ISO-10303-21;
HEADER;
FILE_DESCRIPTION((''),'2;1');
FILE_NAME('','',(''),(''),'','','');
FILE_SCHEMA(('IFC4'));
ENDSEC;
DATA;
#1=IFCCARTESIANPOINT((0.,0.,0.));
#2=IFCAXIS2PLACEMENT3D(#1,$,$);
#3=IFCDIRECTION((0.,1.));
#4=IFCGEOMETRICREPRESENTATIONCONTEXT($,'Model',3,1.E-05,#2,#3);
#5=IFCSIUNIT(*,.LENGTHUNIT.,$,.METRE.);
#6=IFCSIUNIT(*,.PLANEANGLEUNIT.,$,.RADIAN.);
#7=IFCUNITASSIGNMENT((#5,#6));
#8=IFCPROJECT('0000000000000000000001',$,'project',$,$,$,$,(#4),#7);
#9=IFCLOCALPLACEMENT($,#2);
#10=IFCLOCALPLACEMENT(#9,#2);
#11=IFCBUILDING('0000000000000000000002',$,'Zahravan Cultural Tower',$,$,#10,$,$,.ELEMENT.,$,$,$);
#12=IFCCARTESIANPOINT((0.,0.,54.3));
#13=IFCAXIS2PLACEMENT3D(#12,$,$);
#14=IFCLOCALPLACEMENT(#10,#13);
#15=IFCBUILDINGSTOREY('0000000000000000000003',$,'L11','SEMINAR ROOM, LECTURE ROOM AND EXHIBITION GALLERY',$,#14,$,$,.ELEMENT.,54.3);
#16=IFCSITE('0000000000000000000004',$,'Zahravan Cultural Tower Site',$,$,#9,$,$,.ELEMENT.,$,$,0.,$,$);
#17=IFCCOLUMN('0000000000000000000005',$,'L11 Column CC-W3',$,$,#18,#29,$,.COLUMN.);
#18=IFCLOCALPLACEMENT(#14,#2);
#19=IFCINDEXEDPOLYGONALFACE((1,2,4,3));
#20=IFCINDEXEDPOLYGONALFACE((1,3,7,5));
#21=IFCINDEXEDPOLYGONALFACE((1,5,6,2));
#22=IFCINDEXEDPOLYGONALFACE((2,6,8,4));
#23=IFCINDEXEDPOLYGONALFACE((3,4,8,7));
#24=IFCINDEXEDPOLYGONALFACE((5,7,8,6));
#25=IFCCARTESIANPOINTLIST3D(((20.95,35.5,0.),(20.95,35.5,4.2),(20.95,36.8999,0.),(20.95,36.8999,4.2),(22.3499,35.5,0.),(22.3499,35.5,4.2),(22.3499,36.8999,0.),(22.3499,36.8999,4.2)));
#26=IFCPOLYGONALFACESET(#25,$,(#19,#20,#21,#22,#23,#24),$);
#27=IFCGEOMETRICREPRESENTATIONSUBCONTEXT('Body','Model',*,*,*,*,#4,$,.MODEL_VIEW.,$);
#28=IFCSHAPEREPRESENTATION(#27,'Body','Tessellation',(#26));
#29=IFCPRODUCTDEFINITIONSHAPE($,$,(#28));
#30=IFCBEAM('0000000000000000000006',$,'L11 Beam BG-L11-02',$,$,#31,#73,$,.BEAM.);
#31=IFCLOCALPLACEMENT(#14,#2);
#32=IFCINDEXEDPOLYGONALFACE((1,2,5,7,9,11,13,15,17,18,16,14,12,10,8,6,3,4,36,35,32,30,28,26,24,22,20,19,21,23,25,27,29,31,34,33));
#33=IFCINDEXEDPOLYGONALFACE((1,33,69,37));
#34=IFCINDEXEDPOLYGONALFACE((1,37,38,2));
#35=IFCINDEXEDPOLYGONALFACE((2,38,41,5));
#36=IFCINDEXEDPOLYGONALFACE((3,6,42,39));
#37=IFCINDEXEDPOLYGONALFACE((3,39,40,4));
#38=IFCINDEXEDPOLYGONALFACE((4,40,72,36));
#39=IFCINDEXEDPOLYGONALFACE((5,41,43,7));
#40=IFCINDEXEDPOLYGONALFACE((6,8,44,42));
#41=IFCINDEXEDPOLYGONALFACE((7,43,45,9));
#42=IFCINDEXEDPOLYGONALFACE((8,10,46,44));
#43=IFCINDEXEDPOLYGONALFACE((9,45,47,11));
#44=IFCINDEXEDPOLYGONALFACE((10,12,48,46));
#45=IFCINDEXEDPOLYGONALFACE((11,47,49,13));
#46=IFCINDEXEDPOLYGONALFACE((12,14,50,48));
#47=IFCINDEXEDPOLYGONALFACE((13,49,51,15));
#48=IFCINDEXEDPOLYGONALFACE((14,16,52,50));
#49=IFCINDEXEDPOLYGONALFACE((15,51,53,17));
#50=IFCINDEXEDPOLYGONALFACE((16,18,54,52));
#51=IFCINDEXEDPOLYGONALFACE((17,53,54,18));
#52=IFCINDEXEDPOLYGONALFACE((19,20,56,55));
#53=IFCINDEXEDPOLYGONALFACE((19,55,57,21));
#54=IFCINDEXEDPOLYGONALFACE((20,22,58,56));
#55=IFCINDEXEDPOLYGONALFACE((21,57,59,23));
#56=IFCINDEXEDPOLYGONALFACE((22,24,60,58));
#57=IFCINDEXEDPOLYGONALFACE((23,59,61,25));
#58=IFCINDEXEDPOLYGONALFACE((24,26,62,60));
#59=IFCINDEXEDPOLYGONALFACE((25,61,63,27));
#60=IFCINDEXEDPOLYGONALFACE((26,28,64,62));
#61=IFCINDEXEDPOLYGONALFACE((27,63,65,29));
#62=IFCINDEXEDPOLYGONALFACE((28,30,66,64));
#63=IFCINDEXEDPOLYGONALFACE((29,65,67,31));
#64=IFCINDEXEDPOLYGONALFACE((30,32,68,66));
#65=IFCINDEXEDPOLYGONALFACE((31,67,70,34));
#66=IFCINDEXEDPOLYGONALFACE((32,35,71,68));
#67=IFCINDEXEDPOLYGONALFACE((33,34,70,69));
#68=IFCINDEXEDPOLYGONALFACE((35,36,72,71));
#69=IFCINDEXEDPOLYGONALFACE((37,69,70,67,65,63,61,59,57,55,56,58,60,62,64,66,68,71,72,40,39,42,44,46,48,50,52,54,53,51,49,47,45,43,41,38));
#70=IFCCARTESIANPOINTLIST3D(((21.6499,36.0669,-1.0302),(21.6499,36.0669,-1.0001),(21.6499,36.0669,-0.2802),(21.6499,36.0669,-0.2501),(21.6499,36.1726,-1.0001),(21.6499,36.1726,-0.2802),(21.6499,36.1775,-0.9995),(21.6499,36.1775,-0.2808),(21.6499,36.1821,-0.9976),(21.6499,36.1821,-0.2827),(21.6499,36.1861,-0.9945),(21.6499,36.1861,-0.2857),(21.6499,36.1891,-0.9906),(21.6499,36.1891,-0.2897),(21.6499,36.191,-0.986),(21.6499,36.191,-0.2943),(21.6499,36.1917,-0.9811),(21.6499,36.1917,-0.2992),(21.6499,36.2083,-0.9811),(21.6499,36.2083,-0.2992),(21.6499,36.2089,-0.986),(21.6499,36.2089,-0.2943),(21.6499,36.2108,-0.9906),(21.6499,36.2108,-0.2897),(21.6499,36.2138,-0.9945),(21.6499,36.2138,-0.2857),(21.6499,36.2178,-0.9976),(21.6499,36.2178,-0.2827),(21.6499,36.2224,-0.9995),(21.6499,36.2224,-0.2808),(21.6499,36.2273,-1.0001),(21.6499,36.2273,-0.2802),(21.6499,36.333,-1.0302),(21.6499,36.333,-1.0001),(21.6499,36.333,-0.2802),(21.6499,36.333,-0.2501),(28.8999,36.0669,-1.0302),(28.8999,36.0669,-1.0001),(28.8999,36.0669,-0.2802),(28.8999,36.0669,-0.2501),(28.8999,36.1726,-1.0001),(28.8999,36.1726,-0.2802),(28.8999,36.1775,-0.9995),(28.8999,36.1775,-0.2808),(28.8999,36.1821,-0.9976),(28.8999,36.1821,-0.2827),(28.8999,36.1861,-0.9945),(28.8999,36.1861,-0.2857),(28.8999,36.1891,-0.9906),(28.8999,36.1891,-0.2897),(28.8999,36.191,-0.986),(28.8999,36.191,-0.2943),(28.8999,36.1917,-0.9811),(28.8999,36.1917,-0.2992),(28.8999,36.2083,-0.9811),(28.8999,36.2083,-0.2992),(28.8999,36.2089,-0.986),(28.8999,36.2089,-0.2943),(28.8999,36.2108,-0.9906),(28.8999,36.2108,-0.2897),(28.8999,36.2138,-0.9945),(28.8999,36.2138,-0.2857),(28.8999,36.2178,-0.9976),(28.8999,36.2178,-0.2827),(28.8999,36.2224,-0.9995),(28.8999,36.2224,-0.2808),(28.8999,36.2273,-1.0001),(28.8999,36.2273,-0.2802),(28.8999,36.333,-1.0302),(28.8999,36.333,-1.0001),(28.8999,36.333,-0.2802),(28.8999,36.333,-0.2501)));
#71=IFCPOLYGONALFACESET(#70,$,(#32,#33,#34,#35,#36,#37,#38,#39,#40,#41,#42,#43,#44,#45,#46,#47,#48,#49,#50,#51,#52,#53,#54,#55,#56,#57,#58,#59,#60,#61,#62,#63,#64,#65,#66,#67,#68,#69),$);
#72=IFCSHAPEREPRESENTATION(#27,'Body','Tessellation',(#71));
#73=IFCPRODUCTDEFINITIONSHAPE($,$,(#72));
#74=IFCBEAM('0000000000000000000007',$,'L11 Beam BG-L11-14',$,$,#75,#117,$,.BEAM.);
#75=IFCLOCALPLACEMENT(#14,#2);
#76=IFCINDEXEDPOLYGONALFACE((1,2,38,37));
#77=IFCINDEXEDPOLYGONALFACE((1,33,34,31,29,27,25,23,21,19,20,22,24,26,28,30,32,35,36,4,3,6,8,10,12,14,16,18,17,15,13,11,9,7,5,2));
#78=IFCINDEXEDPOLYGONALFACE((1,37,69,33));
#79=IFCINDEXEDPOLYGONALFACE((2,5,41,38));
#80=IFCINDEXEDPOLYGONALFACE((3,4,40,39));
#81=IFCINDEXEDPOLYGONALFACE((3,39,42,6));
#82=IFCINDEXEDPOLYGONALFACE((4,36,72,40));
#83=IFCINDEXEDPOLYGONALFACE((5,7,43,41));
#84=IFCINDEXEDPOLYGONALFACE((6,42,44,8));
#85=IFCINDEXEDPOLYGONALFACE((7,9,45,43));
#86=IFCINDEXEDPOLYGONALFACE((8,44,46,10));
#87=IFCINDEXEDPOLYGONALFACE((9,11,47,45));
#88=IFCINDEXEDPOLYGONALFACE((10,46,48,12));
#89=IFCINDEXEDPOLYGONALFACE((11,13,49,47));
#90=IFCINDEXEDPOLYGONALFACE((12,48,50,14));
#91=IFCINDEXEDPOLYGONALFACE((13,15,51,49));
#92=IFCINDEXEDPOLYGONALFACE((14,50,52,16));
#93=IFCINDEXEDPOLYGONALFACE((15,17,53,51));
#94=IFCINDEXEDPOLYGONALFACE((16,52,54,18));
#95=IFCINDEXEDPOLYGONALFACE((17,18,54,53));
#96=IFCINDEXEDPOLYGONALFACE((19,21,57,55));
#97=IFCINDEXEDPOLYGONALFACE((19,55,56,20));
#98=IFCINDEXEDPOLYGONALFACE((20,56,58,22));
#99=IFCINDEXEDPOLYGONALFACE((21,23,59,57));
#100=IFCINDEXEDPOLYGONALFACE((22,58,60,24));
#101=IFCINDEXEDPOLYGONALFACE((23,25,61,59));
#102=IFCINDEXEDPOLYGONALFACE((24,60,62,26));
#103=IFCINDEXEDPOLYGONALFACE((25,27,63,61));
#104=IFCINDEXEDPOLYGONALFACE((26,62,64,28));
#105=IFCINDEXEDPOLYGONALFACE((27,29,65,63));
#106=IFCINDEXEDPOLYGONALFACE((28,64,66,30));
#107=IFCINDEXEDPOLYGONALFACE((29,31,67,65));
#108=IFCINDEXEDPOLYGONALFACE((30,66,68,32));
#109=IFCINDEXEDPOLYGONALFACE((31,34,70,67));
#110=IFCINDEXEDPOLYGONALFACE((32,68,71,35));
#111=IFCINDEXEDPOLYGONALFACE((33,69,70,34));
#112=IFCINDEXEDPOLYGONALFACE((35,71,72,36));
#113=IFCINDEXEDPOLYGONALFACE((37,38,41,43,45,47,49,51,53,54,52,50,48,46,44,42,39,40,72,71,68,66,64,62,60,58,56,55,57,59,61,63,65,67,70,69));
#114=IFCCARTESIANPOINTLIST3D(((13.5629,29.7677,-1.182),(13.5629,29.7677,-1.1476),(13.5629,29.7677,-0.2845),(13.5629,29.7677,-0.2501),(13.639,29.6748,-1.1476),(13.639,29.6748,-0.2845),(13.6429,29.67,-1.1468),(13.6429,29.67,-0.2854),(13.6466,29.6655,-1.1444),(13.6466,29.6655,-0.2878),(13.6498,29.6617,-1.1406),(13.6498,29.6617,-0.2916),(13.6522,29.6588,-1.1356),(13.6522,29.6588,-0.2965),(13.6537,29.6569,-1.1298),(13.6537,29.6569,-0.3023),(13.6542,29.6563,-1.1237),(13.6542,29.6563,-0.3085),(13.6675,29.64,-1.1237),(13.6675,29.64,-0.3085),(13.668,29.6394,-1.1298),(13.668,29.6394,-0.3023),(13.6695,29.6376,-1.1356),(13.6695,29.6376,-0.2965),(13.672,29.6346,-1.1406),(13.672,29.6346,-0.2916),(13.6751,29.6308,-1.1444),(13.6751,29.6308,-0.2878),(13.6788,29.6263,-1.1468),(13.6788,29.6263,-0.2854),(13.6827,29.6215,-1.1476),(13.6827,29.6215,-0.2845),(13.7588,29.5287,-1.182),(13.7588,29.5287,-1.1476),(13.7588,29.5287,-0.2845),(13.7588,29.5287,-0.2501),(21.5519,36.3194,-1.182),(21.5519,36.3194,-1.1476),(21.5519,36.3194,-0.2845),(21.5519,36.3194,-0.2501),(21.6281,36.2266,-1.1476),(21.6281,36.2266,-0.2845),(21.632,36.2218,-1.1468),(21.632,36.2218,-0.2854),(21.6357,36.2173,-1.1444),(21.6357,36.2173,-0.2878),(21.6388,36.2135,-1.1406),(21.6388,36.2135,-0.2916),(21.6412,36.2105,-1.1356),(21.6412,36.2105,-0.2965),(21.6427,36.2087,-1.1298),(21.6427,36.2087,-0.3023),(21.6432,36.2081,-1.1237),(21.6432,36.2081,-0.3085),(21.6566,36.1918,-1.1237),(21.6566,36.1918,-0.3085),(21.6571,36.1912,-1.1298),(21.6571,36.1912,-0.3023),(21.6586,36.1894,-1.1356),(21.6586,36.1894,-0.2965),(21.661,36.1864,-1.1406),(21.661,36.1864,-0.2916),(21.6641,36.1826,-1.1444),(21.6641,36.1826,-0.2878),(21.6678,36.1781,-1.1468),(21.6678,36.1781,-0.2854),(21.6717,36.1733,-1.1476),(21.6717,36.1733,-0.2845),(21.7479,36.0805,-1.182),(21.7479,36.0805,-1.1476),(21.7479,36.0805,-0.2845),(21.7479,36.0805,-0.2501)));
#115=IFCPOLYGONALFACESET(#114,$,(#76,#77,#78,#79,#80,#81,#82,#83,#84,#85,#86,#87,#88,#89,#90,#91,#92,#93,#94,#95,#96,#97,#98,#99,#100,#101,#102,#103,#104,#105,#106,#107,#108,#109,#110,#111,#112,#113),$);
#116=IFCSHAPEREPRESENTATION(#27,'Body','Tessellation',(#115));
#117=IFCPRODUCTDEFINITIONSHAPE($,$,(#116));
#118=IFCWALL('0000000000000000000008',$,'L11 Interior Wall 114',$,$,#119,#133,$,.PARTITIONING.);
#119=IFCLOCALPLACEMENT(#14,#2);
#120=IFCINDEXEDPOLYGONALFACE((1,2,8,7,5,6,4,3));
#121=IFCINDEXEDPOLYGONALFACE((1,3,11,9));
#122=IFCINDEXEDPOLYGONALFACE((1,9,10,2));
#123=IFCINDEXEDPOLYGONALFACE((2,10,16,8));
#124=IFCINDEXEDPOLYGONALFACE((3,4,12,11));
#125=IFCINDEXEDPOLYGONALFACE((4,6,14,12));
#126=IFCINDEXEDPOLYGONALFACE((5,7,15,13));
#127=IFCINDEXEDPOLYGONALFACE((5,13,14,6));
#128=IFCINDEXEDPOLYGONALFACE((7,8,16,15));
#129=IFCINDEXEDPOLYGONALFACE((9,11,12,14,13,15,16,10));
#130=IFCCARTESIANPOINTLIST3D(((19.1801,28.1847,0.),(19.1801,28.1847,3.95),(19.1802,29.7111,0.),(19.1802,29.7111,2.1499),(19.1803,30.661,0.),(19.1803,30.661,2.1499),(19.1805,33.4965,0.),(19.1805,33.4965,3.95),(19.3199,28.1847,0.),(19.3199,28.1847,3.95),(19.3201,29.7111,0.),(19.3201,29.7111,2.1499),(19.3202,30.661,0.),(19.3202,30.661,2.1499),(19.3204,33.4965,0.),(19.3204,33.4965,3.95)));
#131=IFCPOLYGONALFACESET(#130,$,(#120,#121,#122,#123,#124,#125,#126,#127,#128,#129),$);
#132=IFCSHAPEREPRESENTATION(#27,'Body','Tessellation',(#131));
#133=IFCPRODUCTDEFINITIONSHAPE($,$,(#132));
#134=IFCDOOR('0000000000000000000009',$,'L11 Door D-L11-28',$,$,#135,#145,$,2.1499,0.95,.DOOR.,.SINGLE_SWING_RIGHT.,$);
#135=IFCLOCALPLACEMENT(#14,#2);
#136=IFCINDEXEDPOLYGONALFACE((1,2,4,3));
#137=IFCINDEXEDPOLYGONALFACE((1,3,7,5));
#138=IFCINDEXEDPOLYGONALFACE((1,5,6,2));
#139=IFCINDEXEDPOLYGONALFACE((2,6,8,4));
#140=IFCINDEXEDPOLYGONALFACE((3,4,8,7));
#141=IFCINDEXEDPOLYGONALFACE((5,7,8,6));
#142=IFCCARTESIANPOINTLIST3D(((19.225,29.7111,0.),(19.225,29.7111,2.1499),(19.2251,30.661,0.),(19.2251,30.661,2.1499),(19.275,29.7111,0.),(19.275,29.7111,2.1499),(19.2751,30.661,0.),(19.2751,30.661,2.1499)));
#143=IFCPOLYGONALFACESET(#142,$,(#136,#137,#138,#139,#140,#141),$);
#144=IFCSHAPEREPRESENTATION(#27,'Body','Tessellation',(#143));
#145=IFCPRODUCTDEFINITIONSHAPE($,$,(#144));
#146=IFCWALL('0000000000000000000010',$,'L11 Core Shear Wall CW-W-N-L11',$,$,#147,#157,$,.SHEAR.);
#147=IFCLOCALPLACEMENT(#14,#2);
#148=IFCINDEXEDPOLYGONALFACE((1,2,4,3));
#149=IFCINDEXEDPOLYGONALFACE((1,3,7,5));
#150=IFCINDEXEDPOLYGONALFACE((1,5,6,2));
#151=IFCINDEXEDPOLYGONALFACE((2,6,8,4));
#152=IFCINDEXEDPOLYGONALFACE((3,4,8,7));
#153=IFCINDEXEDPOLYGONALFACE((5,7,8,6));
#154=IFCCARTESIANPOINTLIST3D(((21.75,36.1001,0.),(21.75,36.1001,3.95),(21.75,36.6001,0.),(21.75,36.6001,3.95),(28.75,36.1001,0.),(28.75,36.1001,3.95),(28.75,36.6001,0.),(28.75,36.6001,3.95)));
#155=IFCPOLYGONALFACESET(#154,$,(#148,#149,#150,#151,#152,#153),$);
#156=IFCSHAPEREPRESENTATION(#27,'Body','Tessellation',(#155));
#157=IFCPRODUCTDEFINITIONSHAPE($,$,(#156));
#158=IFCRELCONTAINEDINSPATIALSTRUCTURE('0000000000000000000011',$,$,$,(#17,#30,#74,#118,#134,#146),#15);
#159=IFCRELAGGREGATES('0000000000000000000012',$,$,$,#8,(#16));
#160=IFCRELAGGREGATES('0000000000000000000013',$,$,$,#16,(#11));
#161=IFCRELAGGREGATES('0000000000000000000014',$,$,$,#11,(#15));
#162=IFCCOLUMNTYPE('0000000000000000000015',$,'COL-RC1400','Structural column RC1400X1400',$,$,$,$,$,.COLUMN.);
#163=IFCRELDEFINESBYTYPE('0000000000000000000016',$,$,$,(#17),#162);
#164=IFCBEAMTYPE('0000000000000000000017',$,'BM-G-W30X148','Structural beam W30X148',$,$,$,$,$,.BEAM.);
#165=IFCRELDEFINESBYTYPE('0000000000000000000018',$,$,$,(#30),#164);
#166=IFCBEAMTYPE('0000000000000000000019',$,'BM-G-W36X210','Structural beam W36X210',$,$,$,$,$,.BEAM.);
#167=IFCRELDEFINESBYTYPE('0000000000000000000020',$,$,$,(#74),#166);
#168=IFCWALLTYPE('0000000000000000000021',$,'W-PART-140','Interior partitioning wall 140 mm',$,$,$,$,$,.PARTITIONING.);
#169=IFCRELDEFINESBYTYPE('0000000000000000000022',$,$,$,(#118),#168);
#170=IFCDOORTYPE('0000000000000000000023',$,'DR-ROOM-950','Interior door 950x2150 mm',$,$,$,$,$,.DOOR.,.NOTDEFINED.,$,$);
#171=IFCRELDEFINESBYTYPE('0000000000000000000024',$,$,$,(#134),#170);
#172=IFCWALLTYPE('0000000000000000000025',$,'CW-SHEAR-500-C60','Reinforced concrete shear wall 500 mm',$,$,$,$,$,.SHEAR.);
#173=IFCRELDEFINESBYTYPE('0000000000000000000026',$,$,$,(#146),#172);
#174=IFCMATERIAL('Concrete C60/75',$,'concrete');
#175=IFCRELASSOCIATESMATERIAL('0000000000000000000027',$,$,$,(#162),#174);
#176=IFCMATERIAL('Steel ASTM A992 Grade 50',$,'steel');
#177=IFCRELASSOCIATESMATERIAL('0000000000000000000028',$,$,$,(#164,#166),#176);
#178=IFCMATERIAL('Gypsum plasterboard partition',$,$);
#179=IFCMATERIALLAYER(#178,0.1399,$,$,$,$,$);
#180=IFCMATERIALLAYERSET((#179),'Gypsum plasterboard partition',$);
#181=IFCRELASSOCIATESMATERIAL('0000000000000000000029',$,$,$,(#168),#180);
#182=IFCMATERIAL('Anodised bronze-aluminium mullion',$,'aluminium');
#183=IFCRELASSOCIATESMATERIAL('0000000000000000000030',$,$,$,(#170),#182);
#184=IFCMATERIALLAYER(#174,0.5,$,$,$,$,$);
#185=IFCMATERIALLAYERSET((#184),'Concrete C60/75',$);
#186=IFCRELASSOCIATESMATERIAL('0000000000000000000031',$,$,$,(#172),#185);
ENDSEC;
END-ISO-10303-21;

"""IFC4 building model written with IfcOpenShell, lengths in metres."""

from ifc_helpers import new_model, si_unit, direction, frame, frame_2d, origin, origin_2d, place, context, subcontext, project, spatial, rectangle, i_section, extrude, source, transform, mapped, material, layer, layer_set, material_profile, profile_set, type_object, element, fill, save


model = new_model("IFC4")

# Units and contexts
model_context = context("Model", 3, precision=1e-05, world=origin(), true_north=direction((0.0, 1.0)))
body_context = subcontext(model_context, "Body", "Model", "MODEL_VIEW")
ifc_project = project(units=[si_unit("LENGTHUNIT", "METRE"), si_unit("PLANEANGLEUNIT", "RADIAN")], contexts=[model_context])

# Site, building, storey
site_placement = place(None, origin())
site = spatial("IfcSite", under=ifc_project, at=site_placement, Name="Zahravan Cultural Tower Site", CompositionType="ELEMENT", RefElevation=0.0)
building_placement = place(site_placement, origin())
building = spatial("IfcBuilding", under=site, at=building_placement, Name="Zahravan Cultural Tower", CompositionType="ELEMENT")
storey_placement = place(building_placement, frame((0.0, 0.0, 54.3)))
storey = spatial("IfcBuildingStorey", under=building, at=storey_placement, Name="L11", Description="SEMINAR ROOM, LECTURE ROOM AND EXHIBITION GALLERY", CompositionType="ELEMENT", Elevation=54.3)

# Column
ifc_material_1 = material(Name="Concrete C60/75", Category="concrete")
ifc_material_profile_1 = material_profile(ifc_material_1, rectangle(XDim=1.3999, YDim=1.3999, at=origin_2d()), Name="RC1400X1400")
ifc_profile_set_1 = profile_set([ifc_material_profile_1], Name="Concrete C60/75")
column_type = type_object("IfcColumnType", Name="COL-RC1400", Description="Structural column RC1400X1400", PredefinedType="COLUMN", material=ifc_profile_set_1)
shared_shape_1 = source(origin(), body_context, "Body", "SweptSolid", [
    extrude(rectangle(XDim=1.3999, YDim=1.3999, at=origin_2d()), origin(), (0.0, 0.0, 1.0), 4.2),
])
column_placement = place(storey_placement, frame((21.6499, 36.2, 0.0), z_axis=(0.0, 0.0, 1.0), x_axis=(1.0, 0.0, 0.0)))
element("IfcColumn", 1, at=column_placement, inside=storey, type_object=column_type, Name="L11 Column CC-W3", PredefinedType="COLUMN", context=body_context, shape_type="MappedRepresentation", body=[
    mapped(shared_shape_1, transform((0.0, 0.0, 0.0), x_axis=(1.0, 0.0, 0.0), y_axis=(0.0, 1.0, 0.0), z_axis=(0.0, 0.0, 1.0), scale=1.0)),
])

# Beams
ifc_material_2 = material(Name="Steel ASTM A992 Grade 50", Category="steel")
ifc_material_profile_2 = material_profile(ifc_material_2, i_section(OverallWidth=0.2661, OverallDepth=0.78, WebThickness=0.0166, FlangeThickness=0.03, FilletRadius=0.019, at=origin_2d()), Name="W30X148")
ifc_profile_set_2 = profile_set([ifc_material_profile_2], Name="Steel ASTM A992 Grade 50")
beam_type_1 = type_object("IfcBeamType", Name="BM-G-W30X148", Description="Structural beam W30X148", PredefinedType="BEAM", material=ifc_profile_set_2)
shared_shape_2 = source(origin(), body_context, "Body", "SweptSolid", [
    extrude(i_section(OverallWidth=0.2661, OverallDepth=0.78, WebThickness=0.0166, FlangeThickness=0.03, FilletRadius=0.019, at=origin_2d()), origin(), (0.0, 0.0, 1.0), 7.25),
])
beam_1_placement = place(storey_placement, frame((21.6499, 36.2, -0.6401), z_axis=(1.0, 0.0, 0.0), x_axis=(0.0, 1.0, 0.0)))
element("IfcBeam", 2, at=beam_1_placement, inside=storey, type_object=beam_type_1, Name="L11 Beam BG-L11-02", PredefinedType="BEAM", context=body_context, shape_type="MappedRepresentation", body=[
    mapped(shared_shape_2, transform((0.0, 0.0, 0.0), x_axis=(1.0, 0.0, 0.0), y_axis=(0.0, 1.0, 0.0), z_axis=(0.0, 0.0, 1.0), scale=1.0)),
])
ifc_material_profile_3 = material_profile(ifc_material_2, i_section(OverallWidth=0.3091, OverallDepth=0.9319, WebThickness=0.021, FlangeThickness=0.0344, FilletRadius=0.0239, at=origin_2d()), Name="W36X210")
ifc_profile_set_3 = profile_set([ifc_material_profile_3], Name="Steel ASTM A992 Grade 50")
beam_type_2 = type_object("IfcBeamType", Name="BM-G-W36X210", Description="Structural beam W36X210", PredefinedType="BEAM", material=ifc_profile_set_3)
shared_shape_3 = source(origin(), body_context, "Body", "SweptSolid", [
    extrude(i_section(OverallWidth=0.3091, OverallDepth=0.9319, WebThickness=0.021, FlangeThickness=0.0344, FilletRadius=0.0239, at=origin_2d()), origin(), (0.0, 0.0, 1.0), 10.332),
])
beam_2_placement = place(storey_placement, frame((21.6499, 36.2, -0.7161), z_axis=(-0.773231, -0.634124, 0.0), x_axis=(0.634124, -0.773231, 0.0)))
element("IfcBeam", 3, at=beam_2_placement, inside=storey, type_object=beam_type_2, Name="L11 Beam BG-L11-14", PredefinedType="BEAM", context=body_context, shape_type="MappedRepresentation", body=[
    mapped(shared_shape_3, transform((0.0, 0.0, 0.0), x_axis=(1.0, 0.0, 0.0), y_axis=(0.0, 1.0, 0.0), z_axis=(0.0, 0.0, 1.0), scale=1.0)),
])

# Wall, opening, door
ifc_material_3 = material(Name="Gypsum plasterboard partition")
ifc_layer_1 = layer(ifc_material_3, 0.1399)
ifc_layer_set_1 = layer_set([ifc_layer_1], Name="Gypsum plasterboard partition")
wall_type_1 = type_object("IfcWallType", Name="W-PART-140", Description="Interior partitioning wall 140 mm", PredefinedType="PARTITIONING", material=ifc_layer_set_1)
wall_1_placement = place(storey_placement, frame((19.2505, 33.4963, 0.0), z_axis=(0.0, 0.0, 1.0), x_axis=(-0.000092, -1.0, 0.0)))
wall_1 = element("IfcWall", 4, at=wall_1_placement, inside=storey, type_object=wall_type_1, Name="L11 Interior Wall 114", PredefinedType="PARTITIONING", context=body_context, shape_type="SweptSolid", body=[
    extrude(rectangle(XDim=5.3118, YDim=0.1399, at=frame_2d((2.6558, 0.0))), origin(), (0.0, 0.0, 1.0), 3.95),
])
opening_1_placement = place(wall_1_placement, frame((2.8352, 0.0, 0.0)))
opening_1 = element("IfcOpeningElement", 5, at=opening_1_placement, cuts=wall_1, PredefinedType="OPENING", context=body_context, shape_type="SweptSolid", body=[
    extrude(rectangle(XDim=0.95, YDim=2.1499, at=frame_2d((0.4751, 1.075))), frame((0.0, 0.0798, 0.0), z_axis=(0.0, -1.0, 0.0), x_axis=(1.0, 0.0, 0.0)), (0.0, 0.0, 1.0), 0.1599),
])
ifc_material_4 = material(Name="Anodised bronze-aluminium mullion", Category="aluminium")
door_type_1 = type_object("IfcDoorType", Name="DR-ROOM-950", Description="Interior door 950x2150 mm", OperationType="NOTDEFINED", PredefinedType="DOOR", material=ifc_material_4)
shared_shape_4 = source(origin(), body_context, "Body", "SweptSolid", [
    extrude(rectangle(XDim=0.95, YDim=2.1499, at=frame_2d((0.4751, 1.075))), frame((0.0, 0.0249, 0.0), z_axis=(0.0, -1.0, 0.0), x_axis=(1.0, 0.0, 0.0)), (0.0, 0.0, 1.0), 0.05),
])
door_1_placement = place(opening_1_placement, origin())
door_1 = element("IfcDoor", 6, at=door_1_placement, inside=storey, type_object=door_type_1, Name="L11 Door D-L11-28", OperationType="SINGLE_SWING_RIGHT", OverallHeight=2.1499, OverallWidth=0.95, PredefinedType="DOOR", context=body_context, shape_type="MappedRepresentation", body=[
    mapped(shared_shape_4, transform((0.0, 0.0, 0.0), x_axis=(1.0, 0.0, 0.0), y_axis=(0.0, 1.0, 0.0), z_axis=(0.0, 0.0, 1.0), scale=1.0)),
])
fill(opening_1, door_1)

# Wall
ifc_layer_2 = layer(ifc_material_1, 0.5)
ifc_layer_set_2 = layer_set([ifc_layer_2], Name="Concrete C60/75")
wall_type_2 = type_object("IfcWallType", Name="CW-SHEAR-500-C60", Description="Reinforced concrete shear wall 500 mm", PredefinedType="SHEAR", material=ifc_layer_set_2)
shared_shape_5 = source(origin(), body_context, "Body", "SweptSolid", [
    extrude(rectangle(XDim=7.0, YDim=0.5, at=frame_2d((3.5, 0.0))), origin(), (0.0, 0.0, 1.0), 3.95),
])
wall_2_placement = place(storey_placement, frame((21.75, 36.3501, 0.0), z_axis=(0.0, 0.0, 1.0), x_axis=(1.0, 0.0, 0.0)))
element("IfcWall", 7, at=wall_2_placement, inside=storey, type_object=wall_type_2, Name="L11 Core Shear Wall CW-W-N-L11", PredefinedType="SHEAR", context=body_context, shape_type="MappedRepresentation", body=[
    mapped(shared_shape_5, transform((0.0, 0.0, 0.0), x_axis=(1.0, 0.0, 0.0), y_axis=(0.0, 1.0, 0.0), z_axis=(0.0, 0.0, 1.0), scale=1.0)),
])

save(model, "model.ifc")
